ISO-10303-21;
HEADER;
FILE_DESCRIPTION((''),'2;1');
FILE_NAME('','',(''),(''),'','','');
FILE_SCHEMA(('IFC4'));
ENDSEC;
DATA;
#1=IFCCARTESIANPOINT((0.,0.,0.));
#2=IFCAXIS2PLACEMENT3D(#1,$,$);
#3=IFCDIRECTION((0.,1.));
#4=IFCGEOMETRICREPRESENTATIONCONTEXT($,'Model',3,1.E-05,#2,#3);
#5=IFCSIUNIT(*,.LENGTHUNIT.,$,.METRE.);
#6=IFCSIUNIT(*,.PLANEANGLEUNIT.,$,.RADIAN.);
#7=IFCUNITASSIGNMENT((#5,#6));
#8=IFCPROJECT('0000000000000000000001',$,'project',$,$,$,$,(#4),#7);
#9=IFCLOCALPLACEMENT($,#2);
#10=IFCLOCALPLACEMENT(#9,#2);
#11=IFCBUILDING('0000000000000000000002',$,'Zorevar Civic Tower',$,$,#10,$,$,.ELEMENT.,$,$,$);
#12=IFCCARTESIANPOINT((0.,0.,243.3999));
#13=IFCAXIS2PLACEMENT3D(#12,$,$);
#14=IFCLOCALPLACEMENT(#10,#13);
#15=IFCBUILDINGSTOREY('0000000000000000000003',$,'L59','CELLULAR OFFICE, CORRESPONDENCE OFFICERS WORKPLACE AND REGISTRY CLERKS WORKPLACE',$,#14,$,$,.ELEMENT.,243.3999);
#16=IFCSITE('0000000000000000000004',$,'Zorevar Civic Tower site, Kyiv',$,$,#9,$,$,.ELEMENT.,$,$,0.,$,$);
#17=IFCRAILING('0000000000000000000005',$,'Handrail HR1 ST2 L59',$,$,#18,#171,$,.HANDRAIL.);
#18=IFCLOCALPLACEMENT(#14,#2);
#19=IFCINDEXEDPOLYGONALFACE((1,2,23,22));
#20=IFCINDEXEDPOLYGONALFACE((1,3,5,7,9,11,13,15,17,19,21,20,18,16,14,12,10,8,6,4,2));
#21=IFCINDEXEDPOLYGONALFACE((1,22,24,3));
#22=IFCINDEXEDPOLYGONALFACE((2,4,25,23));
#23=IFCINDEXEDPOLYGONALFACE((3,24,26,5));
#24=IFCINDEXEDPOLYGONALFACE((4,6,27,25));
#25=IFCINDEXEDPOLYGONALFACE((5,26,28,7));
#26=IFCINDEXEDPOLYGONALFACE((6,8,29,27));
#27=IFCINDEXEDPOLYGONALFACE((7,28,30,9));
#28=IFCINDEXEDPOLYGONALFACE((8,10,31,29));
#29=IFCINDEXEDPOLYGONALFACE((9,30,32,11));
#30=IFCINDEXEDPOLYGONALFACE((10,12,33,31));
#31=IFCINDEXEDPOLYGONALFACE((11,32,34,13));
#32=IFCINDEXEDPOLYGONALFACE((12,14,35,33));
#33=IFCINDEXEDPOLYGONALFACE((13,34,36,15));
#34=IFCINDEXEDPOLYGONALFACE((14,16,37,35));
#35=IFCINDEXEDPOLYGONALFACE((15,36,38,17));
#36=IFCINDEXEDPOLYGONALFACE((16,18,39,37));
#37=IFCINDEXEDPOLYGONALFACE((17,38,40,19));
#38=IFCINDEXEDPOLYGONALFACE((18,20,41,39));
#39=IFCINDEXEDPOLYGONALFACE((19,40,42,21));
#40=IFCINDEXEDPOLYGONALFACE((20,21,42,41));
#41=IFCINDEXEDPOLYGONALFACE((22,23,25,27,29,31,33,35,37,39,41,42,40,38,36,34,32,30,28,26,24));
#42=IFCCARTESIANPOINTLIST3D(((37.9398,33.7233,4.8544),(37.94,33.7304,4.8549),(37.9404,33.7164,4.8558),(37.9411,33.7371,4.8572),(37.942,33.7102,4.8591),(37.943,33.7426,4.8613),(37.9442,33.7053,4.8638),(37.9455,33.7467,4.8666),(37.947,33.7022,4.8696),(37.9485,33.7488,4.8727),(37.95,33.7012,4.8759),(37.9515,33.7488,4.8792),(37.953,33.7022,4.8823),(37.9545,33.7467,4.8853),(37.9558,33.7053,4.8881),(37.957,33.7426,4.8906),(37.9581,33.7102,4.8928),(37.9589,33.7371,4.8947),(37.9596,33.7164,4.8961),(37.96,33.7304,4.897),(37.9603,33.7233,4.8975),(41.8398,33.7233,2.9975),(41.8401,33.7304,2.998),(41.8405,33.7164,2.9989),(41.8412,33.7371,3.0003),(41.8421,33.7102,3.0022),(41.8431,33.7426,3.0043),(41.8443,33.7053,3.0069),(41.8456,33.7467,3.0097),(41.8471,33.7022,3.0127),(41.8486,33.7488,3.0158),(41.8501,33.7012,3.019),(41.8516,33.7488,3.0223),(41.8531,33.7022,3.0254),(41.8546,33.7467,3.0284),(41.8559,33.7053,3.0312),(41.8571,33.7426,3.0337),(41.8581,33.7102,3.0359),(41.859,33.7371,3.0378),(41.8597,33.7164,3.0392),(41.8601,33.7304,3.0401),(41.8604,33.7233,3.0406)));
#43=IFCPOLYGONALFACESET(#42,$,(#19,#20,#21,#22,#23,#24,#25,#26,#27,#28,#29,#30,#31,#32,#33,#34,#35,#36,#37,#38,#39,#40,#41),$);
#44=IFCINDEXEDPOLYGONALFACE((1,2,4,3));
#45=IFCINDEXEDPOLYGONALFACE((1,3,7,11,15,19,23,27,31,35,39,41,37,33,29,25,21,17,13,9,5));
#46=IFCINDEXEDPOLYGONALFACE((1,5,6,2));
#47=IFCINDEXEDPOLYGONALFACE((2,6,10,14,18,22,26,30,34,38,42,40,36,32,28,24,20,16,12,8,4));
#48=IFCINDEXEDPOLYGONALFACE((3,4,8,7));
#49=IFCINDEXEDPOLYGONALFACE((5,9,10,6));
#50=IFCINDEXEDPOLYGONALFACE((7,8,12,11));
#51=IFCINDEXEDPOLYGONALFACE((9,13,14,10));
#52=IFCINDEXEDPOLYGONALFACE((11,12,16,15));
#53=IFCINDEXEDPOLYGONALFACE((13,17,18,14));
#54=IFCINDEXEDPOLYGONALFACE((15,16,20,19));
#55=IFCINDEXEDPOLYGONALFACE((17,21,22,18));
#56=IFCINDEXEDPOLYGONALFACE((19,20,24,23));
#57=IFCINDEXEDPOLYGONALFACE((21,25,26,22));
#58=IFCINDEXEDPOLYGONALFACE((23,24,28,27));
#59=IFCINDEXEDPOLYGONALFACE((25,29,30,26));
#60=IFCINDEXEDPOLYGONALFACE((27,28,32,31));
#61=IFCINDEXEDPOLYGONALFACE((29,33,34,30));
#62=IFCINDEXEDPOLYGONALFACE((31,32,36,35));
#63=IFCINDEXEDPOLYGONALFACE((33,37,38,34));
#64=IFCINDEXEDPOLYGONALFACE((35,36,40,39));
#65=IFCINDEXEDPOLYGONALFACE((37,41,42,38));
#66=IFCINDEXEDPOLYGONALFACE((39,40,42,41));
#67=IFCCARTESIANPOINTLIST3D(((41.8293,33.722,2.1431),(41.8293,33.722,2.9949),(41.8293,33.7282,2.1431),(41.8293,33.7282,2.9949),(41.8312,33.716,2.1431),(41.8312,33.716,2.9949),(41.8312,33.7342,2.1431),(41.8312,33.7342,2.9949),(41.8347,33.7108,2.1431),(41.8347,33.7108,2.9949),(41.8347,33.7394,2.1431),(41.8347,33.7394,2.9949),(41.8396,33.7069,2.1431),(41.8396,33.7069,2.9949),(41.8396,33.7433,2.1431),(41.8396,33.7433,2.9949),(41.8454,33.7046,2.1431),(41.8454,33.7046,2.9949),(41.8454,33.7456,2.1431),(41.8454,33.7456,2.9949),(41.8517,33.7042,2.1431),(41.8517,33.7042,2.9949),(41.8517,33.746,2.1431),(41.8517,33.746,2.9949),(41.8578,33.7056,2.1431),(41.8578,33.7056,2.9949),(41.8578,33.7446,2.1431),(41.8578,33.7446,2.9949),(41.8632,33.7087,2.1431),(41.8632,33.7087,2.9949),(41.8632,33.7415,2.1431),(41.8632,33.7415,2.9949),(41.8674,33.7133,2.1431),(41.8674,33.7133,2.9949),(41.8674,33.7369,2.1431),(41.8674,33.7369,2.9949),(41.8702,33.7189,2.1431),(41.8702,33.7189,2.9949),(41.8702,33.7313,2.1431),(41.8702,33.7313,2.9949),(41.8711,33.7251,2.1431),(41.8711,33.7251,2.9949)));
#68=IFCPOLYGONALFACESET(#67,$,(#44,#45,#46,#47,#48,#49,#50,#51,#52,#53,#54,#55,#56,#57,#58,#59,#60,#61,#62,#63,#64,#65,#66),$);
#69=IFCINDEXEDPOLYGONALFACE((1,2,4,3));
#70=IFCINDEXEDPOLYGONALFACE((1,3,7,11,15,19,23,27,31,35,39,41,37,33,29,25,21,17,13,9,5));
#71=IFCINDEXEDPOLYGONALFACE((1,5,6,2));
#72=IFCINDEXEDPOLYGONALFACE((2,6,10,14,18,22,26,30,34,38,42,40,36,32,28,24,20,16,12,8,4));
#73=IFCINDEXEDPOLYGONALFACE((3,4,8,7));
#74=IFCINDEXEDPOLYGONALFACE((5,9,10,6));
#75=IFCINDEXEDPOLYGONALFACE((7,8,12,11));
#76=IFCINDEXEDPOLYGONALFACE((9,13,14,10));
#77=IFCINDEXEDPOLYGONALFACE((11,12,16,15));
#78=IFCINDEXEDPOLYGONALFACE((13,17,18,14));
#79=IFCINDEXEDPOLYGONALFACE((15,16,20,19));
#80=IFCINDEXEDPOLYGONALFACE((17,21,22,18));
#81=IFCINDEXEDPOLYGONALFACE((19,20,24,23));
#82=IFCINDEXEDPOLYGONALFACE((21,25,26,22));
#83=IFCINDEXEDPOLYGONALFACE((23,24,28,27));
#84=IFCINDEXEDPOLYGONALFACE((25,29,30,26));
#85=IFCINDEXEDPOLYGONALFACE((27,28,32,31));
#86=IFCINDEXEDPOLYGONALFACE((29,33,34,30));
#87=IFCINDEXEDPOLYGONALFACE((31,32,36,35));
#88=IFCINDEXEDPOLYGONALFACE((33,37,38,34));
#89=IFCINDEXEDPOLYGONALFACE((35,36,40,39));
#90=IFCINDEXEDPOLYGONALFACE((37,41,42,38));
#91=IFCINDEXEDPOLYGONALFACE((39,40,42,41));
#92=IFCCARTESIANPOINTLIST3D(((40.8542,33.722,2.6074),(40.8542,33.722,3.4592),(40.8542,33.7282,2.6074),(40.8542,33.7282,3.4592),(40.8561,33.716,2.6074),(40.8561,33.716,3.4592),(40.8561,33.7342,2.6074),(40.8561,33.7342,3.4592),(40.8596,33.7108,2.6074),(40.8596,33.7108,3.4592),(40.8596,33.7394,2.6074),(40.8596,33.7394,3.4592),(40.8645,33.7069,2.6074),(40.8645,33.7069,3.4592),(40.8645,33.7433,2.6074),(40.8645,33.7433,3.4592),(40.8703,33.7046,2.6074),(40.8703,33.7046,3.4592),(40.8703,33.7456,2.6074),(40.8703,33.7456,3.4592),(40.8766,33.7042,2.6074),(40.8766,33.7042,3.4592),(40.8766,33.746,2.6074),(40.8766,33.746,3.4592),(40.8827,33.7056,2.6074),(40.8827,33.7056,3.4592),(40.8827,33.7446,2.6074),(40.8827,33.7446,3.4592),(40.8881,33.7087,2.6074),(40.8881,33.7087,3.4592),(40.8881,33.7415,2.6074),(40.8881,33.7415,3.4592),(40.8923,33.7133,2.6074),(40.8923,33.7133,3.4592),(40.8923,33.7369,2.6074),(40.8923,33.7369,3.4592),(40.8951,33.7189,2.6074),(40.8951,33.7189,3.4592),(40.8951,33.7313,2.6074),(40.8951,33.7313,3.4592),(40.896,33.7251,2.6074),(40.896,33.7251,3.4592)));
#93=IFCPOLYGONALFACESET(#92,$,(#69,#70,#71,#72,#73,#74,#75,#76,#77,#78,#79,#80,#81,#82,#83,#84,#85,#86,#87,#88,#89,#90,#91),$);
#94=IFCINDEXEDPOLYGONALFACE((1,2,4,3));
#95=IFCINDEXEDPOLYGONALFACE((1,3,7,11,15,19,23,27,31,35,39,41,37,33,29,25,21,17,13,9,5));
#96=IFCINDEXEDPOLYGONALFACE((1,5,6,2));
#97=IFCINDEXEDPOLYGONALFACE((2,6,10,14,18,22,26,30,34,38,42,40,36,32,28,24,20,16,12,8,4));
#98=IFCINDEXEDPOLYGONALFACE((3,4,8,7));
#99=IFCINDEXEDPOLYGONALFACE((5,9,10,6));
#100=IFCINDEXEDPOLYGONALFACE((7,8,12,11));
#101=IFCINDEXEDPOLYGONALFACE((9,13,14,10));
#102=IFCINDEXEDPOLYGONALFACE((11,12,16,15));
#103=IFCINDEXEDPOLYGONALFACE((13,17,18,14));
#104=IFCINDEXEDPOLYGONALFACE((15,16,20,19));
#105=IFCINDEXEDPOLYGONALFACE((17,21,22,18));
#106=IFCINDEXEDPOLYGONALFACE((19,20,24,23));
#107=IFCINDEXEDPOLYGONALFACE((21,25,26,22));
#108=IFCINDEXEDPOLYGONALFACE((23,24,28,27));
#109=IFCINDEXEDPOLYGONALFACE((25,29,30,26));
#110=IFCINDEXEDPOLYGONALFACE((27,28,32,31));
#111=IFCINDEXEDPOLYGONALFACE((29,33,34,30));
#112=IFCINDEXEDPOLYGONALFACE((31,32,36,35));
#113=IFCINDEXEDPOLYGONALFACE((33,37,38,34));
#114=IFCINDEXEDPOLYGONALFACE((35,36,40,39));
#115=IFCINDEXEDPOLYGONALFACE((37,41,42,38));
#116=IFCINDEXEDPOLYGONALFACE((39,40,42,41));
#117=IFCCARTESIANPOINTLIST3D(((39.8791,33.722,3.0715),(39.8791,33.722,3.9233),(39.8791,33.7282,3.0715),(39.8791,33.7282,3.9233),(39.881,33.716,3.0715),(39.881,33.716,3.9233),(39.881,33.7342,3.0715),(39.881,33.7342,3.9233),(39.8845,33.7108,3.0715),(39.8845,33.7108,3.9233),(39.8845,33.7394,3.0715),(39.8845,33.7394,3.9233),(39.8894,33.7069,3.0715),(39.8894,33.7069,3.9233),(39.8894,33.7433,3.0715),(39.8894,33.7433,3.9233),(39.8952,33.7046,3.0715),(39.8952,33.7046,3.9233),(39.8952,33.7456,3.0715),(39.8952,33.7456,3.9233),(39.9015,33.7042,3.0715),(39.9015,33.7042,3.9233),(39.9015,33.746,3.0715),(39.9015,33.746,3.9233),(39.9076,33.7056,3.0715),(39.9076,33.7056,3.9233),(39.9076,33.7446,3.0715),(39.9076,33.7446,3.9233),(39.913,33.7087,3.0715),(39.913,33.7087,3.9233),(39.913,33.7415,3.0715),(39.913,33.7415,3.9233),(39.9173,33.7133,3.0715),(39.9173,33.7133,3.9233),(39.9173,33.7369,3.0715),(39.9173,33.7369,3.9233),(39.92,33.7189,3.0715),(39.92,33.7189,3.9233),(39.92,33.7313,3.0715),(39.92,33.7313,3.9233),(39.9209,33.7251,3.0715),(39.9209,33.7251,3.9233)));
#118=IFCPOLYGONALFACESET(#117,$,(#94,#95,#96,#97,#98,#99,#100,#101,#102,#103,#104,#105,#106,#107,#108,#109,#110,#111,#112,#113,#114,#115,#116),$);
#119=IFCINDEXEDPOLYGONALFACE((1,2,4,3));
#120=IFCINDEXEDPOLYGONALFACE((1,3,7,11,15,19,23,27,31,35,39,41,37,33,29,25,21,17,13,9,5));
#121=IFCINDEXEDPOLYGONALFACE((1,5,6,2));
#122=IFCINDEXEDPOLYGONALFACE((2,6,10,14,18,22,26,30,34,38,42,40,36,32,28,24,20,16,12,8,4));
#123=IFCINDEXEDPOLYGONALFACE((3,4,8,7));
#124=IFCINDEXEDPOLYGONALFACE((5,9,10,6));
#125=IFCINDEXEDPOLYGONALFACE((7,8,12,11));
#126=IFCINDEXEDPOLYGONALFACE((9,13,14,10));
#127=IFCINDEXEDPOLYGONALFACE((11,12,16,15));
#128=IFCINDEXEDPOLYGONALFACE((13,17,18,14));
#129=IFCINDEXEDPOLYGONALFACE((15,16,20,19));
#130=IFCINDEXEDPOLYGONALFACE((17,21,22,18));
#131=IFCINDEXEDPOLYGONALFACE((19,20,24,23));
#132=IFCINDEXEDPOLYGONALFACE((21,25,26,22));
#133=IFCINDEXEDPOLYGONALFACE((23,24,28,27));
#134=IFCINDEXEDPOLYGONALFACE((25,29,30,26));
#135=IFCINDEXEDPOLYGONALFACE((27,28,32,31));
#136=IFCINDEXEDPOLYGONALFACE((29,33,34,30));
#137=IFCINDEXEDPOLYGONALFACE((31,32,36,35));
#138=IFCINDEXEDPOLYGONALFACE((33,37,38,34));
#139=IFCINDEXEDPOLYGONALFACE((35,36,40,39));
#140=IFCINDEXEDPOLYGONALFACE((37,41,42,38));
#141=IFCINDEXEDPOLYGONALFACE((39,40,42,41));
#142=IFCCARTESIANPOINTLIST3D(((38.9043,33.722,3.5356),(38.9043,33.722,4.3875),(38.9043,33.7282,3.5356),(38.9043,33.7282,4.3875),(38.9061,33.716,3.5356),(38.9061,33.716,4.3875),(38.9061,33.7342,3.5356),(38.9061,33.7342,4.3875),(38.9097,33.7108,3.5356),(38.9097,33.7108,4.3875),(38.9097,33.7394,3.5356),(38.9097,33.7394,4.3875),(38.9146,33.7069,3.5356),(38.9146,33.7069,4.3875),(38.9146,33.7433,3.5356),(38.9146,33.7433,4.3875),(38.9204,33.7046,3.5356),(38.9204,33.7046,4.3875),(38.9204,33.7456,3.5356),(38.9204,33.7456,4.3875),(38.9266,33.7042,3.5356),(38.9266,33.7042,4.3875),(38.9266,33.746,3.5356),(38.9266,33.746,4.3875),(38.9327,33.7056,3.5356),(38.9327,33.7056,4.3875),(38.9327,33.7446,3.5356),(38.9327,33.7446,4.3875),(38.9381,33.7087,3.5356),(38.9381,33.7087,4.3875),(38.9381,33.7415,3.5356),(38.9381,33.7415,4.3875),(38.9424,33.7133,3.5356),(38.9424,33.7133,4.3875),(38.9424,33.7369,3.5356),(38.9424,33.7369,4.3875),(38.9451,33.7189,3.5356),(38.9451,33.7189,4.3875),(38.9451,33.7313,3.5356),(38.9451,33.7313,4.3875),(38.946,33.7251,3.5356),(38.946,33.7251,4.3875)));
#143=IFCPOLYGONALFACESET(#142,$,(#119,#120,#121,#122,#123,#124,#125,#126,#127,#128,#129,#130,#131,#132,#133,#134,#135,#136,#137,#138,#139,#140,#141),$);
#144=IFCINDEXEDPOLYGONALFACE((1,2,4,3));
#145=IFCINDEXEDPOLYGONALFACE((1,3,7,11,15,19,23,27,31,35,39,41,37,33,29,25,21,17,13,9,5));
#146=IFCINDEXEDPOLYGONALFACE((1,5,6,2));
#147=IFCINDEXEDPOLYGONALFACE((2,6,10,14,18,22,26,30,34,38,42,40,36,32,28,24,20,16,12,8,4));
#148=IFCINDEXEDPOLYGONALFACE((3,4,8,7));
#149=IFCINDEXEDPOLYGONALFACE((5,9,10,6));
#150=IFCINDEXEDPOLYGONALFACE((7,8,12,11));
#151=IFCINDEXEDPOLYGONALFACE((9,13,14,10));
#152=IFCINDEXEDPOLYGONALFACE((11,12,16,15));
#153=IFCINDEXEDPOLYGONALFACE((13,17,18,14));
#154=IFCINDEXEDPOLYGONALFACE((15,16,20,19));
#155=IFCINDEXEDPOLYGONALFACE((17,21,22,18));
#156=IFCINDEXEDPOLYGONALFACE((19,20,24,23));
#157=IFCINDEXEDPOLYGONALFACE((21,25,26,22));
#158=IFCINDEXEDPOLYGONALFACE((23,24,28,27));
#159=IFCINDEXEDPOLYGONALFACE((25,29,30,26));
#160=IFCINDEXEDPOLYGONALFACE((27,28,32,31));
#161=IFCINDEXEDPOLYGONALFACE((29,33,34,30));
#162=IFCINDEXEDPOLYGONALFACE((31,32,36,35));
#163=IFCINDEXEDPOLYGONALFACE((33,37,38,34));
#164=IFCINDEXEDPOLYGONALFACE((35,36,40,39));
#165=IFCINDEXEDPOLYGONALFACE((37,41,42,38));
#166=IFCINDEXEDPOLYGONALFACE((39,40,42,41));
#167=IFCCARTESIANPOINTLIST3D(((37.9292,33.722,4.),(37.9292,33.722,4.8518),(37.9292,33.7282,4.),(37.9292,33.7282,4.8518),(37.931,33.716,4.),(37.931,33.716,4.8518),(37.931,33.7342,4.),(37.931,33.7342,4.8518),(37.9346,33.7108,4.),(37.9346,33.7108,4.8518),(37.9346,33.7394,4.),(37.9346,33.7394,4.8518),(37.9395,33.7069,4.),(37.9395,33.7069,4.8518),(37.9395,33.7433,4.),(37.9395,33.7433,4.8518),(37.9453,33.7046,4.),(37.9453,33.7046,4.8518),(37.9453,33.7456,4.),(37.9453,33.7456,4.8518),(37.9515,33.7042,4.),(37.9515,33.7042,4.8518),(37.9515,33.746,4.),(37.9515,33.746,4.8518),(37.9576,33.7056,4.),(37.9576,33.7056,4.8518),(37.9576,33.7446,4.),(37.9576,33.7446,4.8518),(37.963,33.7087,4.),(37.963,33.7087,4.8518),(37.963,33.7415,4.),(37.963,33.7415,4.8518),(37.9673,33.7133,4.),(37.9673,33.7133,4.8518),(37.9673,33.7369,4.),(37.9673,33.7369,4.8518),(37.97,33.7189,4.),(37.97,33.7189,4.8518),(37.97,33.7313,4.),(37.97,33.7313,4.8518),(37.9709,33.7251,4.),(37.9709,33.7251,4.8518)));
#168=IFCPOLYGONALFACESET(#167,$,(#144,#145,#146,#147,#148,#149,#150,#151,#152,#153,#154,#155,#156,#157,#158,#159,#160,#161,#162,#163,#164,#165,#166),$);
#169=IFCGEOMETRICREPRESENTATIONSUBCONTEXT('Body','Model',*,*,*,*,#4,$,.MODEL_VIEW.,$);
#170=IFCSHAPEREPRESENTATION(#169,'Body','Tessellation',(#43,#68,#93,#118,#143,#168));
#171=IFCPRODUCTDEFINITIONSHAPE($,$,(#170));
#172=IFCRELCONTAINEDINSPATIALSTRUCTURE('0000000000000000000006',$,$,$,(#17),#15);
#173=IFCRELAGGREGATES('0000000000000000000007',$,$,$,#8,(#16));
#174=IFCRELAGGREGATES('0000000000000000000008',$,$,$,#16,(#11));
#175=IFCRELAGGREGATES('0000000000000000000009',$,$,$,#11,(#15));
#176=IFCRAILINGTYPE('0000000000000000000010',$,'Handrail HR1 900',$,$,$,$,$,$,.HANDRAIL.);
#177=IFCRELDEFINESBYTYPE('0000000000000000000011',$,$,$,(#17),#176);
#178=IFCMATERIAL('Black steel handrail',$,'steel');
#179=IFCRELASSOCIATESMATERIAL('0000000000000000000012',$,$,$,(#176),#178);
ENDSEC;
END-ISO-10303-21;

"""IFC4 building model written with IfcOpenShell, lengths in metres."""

from ifc_helpers import new_model, si_unit, direction, frame, origin, origin_2d, place, context, subcontext, project, spatial, circle, extrude, material, type_object, element, save


model = new_model("IFC4")

# Units and contexts
model_context = context("Model", 3, precision=1e-05, world=origin(), true_north=direction((0.0, 1.0)))
body_context = subcontext(model_context, "Body", "Model", "MODEL_VIEW")
ifc_project = project(units=[si_unit("LENGTHUNIT", "METRE"), si_unit("PLANEANGLEUNIT", "RADIAN")], contexts=[model_context])

# Site, building, storey
site_placement = place(None, origin())
site = spatial("IfcSite", under=ifc_project, at=site_placement, Name="Zorevar Civic Tower site, Kyiv", CompositionType="ELEMENT", RefElevation=0.0)
building_placement = place(site_placement, origin())
building = spatial("IfcBuilding", under=site, at=building_placement, Name="Zorevar Civic Tower", CompositionType="ELEMENT")
storey_placement = place(building_placement, frame((0.0, 0.0, 243.3999)))
storey = spatial("IfcBuildingStorey", under=building, at=storey_placement, Name="L59", Description="CELLULAR OFFICE, CORRESPONDENCE OFFICERS WORKPLACE AND REGISTRY CLERKS WORKPLACE", CompositionType="ELEMENT", Elevation=243.3999)

# Railing
ifc_material_1 = material(Name="Black steel handrail", Category="steel")
railing_type = type_object("IfcRailingType", Name="Handrail HR1 900", PredefinedType="HANDRAIL", material=ifc_material_1)
railing_placement = place(storey_placement, frame((41.8501, 33.7251, 2.1431)))
element("IfcRailing", 1, at=railing_placement, inside=storey, type_object=railing_type, Name="Handrail HR1 ST2 L59", PredefinedType="HANDRAIL", context=body_context, shape_type="SweptSolid", body=[
    extrude(circle(Radius=0.0239, at=origin_2d()), frame((0.0, 0.0, 0.876), z_axis=(-0.902886, 0.0, 0.429881), x_axis=(0.0, -1.0, 0.0)), (0.0, 0.0, 1.0), 4.3196),
    extrude(circle(Radius=0.021, at=origin_2d()), origin(), (0.0, 0.0, 1.0), 0.8518),
    extrude(circle(Radius=0.021, at=origin_2d()), frame((-0.9751, 0.0, 0.4644)), (0.0, 0.0, 1.0), 0.8518),
    extrude(circle(Radius=0.021, at=origin_2d()), frame((-1.9502, 0.0, 0.9285)), (0.0, 0.0, 1.0), 0.8518),
    extrude(circle(Radius=0.021, at=origin_2d()), frame((-2.925, 0.0, 1.3926)), (0.0, 0.0, 1.0), 0.8518),
    extrude(circle(Radius=0.021, at=origin_2d()), frame((-3.9001, 0.0, 1.8569)), (0.0, 0.0, 1.0), 0.8518),
])

save(model, "model.ifc")
